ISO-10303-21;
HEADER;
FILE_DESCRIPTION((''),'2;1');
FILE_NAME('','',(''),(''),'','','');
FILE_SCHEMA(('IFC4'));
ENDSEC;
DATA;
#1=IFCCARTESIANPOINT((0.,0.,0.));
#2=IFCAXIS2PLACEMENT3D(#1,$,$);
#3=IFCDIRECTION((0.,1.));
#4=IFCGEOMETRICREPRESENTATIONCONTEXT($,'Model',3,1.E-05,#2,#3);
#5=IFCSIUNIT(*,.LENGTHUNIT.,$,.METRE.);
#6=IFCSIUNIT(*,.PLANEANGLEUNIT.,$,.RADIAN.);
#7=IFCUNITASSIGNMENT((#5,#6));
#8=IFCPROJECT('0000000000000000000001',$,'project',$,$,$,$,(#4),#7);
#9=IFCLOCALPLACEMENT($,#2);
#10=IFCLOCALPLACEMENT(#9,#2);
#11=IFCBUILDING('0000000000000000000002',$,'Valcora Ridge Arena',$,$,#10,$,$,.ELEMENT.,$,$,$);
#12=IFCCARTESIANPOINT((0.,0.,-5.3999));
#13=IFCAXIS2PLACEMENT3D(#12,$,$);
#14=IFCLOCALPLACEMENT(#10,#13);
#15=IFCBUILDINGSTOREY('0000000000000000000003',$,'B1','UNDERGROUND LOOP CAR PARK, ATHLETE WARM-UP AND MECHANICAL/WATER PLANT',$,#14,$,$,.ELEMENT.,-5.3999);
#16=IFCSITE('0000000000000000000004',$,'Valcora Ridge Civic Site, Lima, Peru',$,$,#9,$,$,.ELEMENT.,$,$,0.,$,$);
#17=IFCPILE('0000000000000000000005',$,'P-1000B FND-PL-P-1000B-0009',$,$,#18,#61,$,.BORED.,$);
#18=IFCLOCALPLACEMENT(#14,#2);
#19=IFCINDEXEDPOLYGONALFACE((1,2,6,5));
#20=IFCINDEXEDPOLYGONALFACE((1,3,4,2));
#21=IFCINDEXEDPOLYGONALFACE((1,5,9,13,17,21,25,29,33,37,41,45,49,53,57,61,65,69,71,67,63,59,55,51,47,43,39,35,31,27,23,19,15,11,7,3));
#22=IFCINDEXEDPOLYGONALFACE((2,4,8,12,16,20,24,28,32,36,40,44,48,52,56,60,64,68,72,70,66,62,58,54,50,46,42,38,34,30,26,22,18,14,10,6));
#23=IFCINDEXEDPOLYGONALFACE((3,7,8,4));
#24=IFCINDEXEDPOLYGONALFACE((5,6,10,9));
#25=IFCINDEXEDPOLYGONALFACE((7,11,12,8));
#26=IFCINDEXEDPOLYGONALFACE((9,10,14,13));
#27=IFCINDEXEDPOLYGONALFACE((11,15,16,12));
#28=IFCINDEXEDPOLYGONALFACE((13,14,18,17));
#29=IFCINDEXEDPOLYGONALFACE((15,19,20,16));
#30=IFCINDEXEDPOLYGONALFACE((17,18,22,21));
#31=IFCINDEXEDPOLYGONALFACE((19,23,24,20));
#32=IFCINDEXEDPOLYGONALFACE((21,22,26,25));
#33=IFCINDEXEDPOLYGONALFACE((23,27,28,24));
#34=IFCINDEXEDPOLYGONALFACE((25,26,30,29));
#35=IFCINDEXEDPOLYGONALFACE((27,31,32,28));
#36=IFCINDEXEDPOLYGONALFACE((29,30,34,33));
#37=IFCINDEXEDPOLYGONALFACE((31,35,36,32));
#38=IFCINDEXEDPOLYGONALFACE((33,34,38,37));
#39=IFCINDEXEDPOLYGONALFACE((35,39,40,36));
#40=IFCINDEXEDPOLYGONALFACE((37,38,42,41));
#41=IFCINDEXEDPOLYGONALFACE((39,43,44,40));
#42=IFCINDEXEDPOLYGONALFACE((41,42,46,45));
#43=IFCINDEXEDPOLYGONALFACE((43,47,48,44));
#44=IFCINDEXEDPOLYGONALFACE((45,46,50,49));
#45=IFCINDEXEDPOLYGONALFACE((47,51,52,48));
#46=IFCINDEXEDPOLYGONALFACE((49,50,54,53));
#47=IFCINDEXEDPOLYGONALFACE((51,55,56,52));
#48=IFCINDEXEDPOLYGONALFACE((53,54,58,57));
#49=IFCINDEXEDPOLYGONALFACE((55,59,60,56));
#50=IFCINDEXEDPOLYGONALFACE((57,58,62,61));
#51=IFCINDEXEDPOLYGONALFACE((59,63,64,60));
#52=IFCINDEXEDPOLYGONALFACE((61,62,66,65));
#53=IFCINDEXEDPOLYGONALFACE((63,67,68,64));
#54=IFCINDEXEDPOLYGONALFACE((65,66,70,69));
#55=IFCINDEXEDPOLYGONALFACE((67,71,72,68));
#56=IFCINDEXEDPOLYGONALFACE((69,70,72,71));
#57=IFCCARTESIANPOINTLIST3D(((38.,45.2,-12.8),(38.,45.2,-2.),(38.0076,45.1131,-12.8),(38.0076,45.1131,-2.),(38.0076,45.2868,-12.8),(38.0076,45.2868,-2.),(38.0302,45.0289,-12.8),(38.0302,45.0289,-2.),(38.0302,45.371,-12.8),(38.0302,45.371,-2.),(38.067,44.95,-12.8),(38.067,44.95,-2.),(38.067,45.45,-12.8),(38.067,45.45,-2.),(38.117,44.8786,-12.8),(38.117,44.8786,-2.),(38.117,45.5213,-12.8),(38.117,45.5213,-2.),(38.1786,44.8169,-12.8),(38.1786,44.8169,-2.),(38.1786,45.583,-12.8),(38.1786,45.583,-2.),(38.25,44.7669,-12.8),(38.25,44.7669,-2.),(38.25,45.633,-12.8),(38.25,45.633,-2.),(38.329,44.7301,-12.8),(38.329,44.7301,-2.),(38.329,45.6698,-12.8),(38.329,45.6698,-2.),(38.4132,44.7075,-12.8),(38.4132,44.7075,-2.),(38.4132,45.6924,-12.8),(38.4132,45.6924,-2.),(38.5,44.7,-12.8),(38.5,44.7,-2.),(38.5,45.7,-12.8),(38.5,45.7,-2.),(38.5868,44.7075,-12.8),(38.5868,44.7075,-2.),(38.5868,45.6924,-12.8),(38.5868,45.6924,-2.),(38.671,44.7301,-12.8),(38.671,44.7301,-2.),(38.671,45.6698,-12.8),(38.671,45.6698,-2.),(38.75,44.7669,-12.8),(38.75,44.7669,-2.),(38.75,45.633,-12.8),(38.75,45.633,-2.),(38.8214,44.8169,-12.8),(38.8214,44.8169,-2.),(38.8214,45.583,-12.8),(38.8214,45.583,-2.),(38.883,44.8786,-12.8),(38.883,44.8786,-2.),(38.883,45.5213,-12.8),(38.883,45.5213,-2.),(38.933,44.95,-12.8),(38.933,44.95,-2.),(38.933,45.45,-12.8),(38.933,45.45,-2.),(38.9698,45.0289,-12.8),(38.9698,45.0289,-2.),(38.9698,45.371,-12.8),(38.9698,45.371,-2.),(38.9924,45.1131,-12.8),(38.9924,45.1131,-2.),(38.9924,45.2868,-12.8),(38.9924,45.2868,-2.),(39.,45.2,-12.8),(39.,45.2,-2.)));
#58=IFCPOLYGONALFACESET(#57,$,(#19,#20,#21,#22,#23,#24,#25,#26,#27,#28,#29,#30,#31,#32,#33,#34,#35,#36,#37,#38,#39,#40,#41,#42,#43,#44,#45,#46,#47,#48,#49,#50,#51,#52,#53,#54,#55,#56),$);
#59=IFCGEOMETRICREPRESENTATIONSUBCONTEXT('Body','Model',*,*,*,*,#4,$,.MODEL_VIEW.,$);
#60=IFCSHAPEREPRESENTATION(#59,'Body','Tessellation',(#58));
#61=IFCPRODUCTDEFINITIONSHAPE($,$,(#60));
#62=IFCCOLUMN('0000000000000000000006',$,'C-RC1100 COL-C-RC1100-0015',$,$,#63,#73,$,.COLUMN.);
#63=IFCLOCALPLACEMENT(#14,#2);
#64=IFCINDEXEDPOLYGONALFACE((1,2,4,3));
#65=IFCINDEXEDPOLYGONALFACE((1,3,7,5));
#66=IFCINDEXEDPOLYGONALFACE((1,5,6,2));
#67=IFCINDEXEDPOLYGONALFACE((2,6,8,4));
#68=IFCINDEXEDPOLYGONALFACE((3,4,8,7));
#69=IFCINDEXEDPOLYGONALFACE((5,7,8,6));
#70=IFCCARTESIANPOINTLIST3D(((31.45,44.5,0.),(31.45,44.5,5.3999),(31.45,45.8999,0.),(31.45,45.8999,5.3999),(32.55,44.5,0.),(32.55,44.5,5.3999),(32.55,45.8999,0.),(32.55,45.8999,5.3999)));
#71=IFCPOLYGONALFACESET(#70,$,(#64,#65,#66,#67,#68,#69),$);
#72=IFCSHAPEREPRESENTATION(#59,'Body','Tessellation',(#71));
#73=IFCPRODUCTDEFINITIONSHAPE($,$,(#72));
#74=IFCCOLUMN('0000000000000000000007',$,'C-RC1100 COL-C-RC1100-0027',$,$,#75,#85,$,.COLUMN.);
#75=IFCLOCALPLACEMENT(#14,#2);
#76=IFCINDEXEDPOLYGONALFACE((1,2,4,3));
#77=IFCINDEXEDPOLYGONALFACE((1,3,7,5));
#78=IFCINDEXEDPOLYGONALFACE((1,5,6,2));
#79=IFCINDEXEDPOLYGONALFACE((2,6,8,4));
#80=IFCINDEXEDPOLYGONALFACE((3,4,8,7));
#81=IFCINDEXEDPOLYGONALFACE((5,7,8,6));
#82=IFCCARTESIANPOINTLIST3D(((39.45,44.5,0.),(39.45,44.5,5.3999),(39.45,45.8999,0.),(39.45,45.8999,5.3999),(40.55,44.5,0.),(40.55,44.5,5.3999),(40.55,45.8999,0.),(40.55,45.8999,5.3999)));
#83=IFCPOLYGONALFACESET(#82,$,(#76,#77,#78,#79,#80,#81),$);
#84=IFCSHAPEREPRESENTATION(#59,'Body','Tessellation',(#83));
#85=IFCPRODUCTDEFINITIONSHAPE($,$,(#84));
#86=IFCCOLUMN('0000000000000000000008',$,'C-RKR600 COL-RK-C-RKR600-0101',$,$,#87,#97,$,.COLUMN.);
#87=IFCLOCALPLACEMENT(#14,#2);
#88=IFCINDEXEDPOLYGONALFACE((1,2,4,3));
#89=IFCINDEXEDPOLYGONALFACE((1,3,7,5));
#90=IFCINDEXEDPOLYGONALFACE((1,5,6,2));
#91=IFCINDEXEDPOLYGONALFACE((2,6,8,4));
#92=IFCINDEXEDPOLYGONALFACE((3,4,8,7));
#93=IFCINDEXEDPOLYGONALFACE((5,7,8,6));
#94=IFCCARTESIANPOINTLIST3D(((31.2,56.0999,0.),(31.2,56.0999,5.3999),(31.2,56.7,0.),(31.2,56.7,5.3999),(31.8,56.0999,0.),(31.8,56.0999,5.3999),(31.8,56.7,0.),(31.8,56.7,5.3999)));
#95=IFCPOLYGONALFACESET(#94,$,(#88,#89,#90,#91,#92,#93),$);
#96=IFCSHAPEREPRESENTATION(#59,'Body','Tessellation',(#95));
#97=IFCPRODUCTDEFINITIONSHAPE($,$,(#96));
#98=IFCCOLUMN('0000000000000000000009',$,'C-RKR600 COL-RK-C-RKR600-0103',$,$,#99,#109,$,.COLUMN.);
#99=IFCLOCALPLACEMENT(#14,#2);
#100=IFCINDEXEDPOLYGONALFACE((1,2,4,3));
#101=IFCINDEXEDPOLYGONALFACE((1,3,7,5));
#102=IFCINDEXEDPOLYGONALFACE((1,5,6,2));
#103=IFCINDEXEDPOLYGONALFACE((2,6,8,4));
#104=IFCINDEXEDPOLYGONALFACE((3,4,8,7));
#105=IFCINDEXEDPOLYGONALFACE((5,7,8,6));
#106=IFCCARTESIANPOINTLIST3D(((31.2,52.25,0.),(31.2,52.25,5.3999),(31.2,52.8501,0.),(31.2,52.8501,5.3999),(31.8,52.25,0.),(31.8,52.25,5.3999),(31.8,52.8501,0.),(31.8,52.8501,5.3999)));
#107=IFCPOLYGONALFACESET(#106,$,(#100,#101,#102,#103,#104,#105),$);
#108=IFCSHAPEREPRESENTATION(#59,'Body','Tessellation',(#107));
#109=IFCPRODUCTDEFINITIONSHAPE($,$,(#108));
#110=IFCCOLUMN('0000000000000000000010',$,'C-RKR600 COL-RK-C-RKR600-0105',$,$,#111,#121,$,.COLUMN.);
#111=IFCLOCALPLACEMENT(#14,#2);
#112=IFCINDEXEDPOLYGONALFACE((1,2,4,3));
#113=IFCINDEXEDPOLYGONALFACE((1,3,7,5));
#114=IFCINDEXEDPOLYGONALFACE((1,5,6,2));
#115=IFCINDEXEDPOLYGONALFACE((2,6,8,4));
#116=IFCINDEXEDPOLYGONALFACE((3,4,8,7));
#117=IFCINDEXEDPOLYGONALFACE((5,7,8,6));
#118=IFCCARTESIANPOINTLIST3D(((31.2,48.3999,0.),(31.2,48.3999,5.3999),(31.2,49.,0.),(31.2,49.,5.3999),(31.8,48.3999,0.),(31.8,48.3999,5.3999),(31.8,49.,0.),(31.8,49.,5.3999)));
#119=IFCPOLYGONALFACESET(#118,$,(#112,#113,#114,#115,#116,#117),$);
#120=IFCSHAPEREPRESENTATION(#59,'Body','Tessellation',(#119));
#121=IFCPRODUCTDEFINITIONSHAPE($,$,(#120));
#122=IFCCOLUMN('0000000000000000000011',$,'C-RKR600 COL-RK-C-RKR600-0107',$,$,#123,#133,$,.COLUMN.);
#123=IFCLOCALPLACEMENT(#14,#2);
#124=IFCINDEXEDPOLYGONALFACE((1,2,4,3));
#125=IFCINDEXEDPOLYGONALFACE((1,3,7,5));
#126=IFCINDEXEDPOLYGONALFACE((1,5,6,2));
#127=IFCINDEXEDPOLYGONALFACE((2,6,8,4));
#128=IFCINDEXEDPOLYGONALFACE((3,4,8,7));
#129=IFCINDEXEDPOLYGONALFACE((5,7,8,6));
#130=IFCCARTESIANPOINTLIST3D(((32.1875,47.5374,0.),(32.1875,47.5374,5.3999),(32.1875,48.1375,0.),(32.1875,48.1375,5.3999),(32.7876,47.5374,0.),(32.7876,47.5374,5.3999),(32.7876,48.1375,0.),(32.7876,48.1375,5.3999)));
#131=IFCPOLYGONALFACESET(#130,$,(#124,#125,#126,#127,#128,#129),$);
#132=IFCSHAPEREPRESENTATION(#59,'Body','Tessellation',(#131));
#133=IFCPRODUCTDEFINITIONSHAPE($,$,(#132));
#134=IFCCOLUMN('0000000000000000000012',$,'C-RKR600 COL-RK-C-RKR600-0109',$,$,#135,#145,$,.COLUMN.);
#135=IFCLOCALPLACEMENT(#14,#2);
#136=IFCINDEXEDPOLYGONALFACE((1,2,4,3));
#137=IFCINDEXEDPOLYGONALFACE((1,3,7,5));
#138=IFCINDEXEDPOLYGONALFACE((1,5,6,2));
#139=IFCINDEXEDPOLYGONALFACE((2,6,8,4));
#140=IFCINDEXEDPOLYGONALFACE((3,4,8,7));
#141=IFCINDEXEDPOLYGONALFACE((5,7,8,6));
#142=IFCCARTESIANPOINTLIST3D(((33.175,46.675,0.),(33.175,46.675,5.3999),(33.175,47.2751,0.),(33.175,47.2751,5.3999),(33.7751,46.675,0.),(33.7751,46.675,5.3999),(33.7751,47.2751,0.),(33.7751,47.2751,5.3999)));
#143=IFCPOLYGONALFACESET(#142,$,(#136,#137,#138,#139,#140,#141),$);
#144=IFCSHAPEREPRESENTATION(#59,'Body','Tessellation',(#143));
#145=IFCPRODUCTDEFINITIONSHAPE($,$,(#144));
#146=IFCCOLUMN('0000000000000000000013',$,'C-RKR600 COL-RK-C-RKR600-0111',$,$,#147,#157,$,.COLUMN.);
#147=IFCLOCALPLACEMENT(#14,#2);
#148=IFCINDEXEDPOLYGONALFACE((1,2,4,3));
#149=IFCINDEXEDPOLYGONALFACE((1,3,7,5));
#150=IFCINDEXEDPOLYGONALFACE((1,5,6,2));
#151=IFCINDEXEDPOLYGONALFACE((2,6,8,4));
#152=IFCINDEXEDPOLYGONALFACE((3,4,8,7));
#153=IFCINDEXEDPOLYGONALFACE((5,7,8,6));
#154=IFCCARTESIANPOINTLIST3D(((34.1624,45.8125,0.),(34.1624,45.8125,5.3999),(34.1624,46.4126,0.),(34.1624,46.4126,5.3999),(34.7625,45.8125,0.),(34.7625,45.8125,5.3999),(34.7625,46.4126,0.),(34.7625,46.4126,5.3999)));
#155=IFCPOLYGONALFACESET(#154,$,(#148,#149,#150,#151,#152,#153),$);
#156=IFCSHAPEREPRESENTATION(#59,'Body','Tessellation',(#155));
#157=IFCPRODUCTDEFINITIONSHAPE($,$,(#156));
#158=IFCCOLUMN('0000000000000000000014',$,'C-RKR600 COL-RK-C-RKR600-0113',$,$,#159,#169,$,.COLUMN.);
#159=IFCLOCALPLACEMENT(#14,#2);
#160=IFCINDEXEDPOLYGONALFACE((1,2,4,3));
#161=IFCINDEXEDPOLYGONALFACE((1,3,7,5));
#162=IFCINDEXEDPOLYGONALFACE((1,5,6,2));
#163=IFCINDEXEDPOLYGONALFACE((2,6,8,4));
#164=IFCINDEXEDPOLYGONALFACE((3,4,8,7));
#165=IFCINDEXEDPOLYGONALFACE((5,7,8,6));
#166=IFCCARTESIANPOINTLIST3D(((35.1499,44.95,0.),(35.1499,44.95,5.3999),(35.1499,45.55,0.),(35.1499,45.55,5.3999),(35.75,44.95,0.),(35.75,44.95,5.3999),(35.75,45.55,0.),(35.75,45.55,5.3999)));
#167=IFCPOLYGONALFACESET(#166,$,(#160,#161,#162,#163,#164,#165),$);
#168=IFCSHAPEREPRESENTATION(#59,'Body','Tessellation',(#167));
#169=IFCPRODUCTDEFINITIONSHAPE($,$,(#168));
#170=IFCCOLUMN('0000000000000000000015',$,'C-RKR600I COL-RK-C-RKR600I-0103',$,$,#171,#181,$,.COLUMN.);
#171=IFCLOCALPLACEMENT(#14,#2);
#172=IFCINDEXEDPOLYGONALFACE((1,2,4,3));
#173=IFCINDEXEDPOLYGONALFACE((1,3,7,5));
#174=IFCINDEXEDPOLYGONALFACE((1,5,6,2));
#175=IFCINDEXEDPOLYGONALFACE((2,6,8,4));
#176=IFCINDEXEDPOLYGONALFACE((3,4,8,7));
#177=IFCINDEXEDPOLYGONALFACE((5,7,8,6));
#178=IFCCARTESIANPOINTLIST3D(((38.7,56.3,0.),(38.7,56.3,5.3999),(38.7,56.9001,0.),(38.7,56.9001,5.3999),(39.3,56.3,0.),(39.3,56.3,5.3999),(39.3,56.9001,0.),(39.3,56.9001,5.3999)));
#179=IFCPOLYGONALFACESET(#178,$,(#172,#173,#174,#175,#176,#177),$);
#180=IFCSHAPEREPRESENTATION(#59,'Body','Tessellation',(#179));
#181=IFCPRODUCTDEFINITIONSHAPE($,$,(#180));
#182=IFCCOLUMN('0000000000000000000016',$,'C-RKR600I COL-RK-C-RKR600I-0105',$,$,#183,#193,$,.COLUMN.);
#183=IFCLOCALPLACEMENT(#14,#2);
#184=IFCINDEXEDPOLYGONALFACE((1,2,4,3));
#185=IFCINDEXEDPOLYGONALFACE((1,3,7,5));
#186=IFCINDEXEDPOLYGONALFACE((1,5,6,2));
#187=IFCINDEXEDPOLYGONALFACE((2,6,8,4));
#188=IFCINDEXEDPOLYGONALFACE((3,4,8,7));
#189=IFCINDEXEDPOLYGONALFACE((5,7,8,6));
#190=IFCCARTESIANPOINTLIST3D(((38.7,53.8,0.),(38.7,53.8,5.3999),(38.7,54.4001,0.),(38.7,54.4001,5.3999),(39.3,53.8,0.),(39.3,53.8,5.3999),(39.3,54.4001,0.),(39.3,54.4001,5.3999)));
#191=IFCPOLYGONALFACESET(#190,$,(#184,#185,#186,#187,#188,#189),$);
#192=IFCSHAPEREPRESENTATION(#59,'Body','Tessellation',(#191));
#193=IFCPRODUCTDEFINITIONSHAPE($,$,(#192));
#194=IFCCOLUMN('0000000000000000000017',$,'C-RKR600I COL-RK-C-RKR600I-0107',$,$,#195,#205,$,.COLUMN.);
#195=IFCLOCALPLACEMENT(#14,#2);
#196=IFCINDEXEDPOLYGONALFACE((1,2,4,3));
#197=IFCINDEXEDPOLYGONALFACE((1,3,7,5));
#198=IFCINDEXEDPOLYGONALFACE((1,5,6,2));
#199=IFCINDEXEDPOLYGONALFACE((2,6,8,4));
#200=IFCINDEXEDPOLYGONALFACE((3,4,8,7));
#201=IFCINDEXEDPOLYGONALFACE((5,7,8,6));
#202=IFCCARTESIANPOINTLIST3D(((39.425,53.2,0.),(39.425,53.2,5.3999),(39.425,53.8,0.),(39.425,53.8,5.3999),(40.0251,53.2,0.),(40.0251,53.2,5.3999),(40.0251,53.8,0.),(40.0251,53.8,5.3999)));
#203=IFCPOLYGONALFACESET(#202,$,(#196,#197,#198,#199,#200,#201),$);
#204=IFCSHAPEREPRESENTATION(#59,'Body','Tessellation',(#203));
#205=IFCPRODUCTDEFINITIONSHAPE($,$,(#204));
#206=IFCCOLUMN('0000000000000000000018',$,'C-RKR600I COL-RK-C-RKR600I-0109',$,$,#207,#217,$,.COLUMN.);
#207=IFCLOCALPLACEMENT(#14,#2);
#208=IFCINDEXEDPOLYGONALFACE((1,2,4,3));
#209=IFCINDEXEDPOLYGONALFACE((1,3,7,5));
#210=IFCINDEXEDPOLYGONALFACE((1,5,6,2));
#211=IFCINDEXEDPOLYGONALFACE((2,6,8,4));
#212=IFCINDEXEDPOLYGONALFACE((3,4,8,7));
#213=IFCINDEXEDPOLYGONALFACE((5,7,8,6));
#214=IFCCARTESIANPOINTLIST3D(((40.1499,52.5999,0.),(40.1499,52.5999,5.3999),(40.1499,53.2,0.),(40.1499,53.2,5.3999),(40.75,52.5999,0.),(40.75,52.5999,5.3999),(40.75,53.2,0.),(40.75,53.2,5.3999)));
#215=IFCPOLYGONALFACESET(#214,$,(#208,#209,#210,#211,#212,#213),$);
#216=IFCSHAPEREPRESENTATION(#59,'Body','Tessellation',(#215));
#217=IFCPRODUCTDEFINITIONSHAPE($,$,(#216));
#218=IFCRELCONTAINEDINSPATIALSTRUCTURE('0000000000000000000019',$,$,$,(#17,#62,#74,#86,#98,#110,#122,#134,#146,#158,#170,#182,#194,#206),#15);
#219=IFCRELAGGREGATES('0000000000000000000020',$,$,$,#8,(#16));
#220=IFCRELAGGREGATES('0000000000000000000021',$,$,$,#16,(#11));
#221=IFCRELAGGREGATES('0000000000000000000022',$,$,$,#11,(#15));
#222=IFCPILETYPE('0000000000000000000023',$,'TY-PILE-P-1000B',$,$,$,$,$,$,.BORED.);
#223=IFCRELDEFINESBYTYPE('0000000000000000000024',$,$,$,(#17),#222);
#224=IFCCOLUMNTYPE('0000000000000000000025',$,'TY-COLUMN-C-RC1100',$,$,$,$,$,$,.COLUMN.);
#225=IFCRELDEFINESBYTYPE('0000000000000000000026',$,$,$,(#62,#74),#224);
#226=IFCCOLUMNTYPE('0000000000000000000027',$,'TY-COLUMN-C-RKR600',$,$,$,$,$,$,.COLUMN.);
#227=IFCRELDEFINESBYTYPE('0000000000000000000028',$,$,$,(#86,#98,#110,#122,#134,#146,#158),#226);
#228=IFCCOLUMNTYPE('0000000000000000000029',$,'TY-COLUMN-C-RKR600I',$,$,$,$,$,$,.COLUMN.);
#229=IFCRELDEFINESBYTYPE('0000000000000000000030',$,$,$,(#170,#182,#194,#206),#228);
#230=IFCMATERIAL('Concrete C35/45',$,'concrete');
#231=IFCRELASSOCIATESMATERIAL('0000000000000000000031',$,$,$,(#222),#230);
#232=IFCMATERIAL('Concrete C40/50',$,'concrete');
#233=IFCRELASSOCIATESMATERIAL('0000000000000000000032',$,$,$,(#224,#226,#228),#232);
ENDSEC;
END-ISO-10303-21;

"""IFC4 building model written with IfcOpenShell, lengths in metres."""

from ifc_helpers import new_model, si_unit, direction, frame, origin, origin_2d, place, context, subcontext, project, spatial, rectangle, circle, extrude, material, material_profile, profile_set, type_object, element, save


model = new_model("IFC4")

# Units and contexts
model_context = context("Model", 3, precision=1e-05, world=origin(), true_north=direction((0.0, 1.0)))
body_context = subcontext(model_context, "Body", "Model", "MODEL_VIEW")
ifc_project = project(units=[si_unit("LENGTHUNIT", "METRE"), si_unit("PLANEANGLEUNIT", "RADIAN")], contexts=[model_context])

# Site, building, storey
site_placement = place(None, origin())
site = spatial("IfcSite", under=ifc_project, at=site_placement, Name="Valcora Ridge Civic Site, Lima, Peru", CompositionType="ELEMENT", RefElevation=0.0)
building_placement = place(site_placement, origin())
building = spatial("IfcBuilding", under=site, at=building_placement, Name="Valcora Ridge Arena", CompositionType="ELEMENT")
storey_placement = place(building_placement, frame((0.0, 0.0, -5.3999)))
storey = spatial("IfcBuildingStorey", under=building, at=storey_placement, Name="B1", Description="UNDERGROUND LOOP CAR PARK, ATHLETE WARM-UP AND MECHANICAL/WATER PLANT", CompositionType="ELEMENT", Elevation=-5.3999)

# Shared definitions
ifc_material_1 = material(Name="Concrete C40/50", Category="concrete")

# Pile
ifc_material_2 = material(Name="Concrete C35/45", Category="concrete")
ifc_material_profile_1 = material_profile(ifc_material_2, circle(Radius=0.5, at=origin_2d()), Name="BORED PILE D1000")
ifc_profile_set_1 = profile_set([ifc_material_profile_1], Name="Concrete C35/45")
pile_type = type_object("IfcPileType", Name="TY-PILE-P-1000B", PredefinedType="BORED", material=ifc_profile_set_1)
for number, where, z_axis, x_axis, name in (
    (1, (38.5, 45.2, -2.0), (0.0, 0.0, -1.0), (1.0, 0.0, 0.0), "P-1000B FND-PL-P-1000B-0009"),
):
    element("IfcPile", number, at=place(storey_placement, frame(where, z_axis=z_axis, x_axis=x_axis)), inside=storey, type_object=pile_type, Name=name, PredefinedType="BORED", context=body_context, shape_type="SweptSolid", body=[
        extrude(circle(Radius=0.5, at=origin_2d()), origin(), (0.0, 0.0, 1.0), 10.8),
    ])

# Columns
ifc_material_profile_2 = material_profile(ifc_material_1, rectangle(XDim=1.1001, YDim=1.3999, at=origin_2d()), Name="RC 1100x1400")
ifc_profile_set_2 = profile_set([ifc_material_profile_2], Name="Concrete C40/50")
column_type_1 = type_object("IfcColumnType", Name="TY-COLUMN-C-RC1100", PredefinedType="COLUMN", material=ifc_profile_set_2)
for number, where, z_axis, x_axis, name in (
    (2, (32.0, 45.2, 0.0), (0.0, 0.0, 1.0), (1.0, 0.0, 0.0), "C-RC1100 COL-C-RC1100-0015"),
    (3, (40.0, 45.2, 0.0), (0.0, 0.0, 1.0), (1.0, 0.0, 0.0), "C-RC1100 COL-C-RC1100-0027"),
):
    element("IfcColumn", number, at=place(storey_placement, frame(where, z_axis=z_axis, x_axis=x_axis)), inside=storey, type_object=column_type_1, Name=name, PredefinedType="COLUMN", context=body_context, shape_type="SweptSolid", body=[
        extrude(rectangle(XDim=1.1001, YDim=1.3999, at=origin_2d()), origin(), (0.0, 0.0, 1.0), 5.3999),
    ])
ifc_material_profile_3 = material_profile(ifc_material_1, rectangle(XDim=0.6001, YDim=0.6001, at=origin_2d()), Name="RC 600x600")
ifc_profile_set_3 = profile_set([ifc_material_profile_3], Name="Concrete C40/50")
column_type_2 = type_object("IfcColumnType", Name="TY-COLUMN-C-RKR600", PredefinedType="COLUMN", material=ifc_profile_set_3)
for number, where, z_axis, x_axis, name in (
    (4, (31.5, 56.3999, 0.0), (0.0, 0.0, 1.0), (1.0, 0.0, 0.0), "C-RKR600 COL-RK-C-RKR600-0101"),
    (5, (31.5, 52.55, 0.0), (0.0, 0.0, 1.0), (1.0, 0.0, 0.0), "C-RKR600 COL-RK-C-RKR600-0103"),
    (6, (31.5, 48.7, 0.0), (0.0, 0.0, 1.0), (1.0, 0.0, 0.0), "C-RKR600 COL-RK-C-RKR600-0105"),
    (7, (32.4875, 47.8374, 0.0), (0.0, 0.0, 1.0), (1.0, 0.0, 0.0), "C-RKR600 COL-RK-C-RKR600-0107"),
    (8, (33.4751, 46.9751, 0.0), (0.0, 0.0, 1.0), (1.0, 0.0, 0.0), "C-RKR600 COL-RK-C-RKR600-0109"),
    (9, (34.4624, 46.1125, 0.0), (0.0, 0.0, 1.0), (1.0, 0.0, 0.0), "C-RKR600 COL-RK-C-RKR600-0111"),
    (10, (35.45, 45.25, 0.0), (0.0, 0.0, 1.0), (1.0, 0.0, 0.0), "C-RKR600 COL-RK-C-RKR600-0113"),
):
    element("IfcColumn", number, at=place(storey_placement, frame(where, z_axis=z_axis, x_axis=x_axis)), inside=storey, type_object=column_type_2, Name=name, PredefinedType="COLUMN", context=body_context, shape_type="SweptSolid", body=[
        extrude(rectangle(XDim=0.6001, YDim=0.6001, at=origin_2d()), origin(), (0.0, 0.0, 1.0), 5.3999),
    ])
ifc_material_profile_4 = material_profile(ifc_material_1, rectangle(XDim=0.6001, YDim=0.6001, at=origin_2d()), Name="RC 600x600")
ifc_profile_set_4 = profile_set([ifc_material_profile_4], Name="Concrete C40/50")
column_type_3 = type_object("IfcColumnType", Name="TY-COLUMN-C-RKR600I", PredefinedType="COLUMN", material=ifc_profile_set_4)
for number, where, z_axis, x_axis, name in (
    (11, (39.0, 56.6001, 0.0), (0.0, 0.0, 1.0), (1.0, 0.0, 0.0), "C-RKR600I COL-RK-C-RKR600I-0103"),
    (12, (39.0, 54.1001, 0.0), (0.0, 0.0, 1.0), (1.0, 0.0, 0.0), "C-RKR600I COL-RK-C-RKR600I-0105"),
    (13, (39.7251, 53.5, 0.0), (0.0, 0.0, 1.0), (1.0, 0.0, 0.0), "C-RKR600I COL-RK-C-RKR600I-0107"),
    (14, (40.45, 52.8999, 0.0), (0.0, 0.0, 1.0), (1.0, 0.0, 0.0), "C-RKR600I COL-RK-C-RKR600I-0109"),
):
    element("IfcColumn", number, at=place(storey_placement, frame(where, z_axis=z_axis, x_axis=x_axis)), inside=storey, type_object=column_type_3, Name=name, PredefinedType="COLUMN", context=body_context, shape_type="SweptSolid", body=[
        extrude(rectangle(XDim=0.6001, YDim=0.6001, at=origin_2d()), origin(), (0.0, 0.0, 1.0), 5.3999),
    ])

save(model, "model.ifc")
